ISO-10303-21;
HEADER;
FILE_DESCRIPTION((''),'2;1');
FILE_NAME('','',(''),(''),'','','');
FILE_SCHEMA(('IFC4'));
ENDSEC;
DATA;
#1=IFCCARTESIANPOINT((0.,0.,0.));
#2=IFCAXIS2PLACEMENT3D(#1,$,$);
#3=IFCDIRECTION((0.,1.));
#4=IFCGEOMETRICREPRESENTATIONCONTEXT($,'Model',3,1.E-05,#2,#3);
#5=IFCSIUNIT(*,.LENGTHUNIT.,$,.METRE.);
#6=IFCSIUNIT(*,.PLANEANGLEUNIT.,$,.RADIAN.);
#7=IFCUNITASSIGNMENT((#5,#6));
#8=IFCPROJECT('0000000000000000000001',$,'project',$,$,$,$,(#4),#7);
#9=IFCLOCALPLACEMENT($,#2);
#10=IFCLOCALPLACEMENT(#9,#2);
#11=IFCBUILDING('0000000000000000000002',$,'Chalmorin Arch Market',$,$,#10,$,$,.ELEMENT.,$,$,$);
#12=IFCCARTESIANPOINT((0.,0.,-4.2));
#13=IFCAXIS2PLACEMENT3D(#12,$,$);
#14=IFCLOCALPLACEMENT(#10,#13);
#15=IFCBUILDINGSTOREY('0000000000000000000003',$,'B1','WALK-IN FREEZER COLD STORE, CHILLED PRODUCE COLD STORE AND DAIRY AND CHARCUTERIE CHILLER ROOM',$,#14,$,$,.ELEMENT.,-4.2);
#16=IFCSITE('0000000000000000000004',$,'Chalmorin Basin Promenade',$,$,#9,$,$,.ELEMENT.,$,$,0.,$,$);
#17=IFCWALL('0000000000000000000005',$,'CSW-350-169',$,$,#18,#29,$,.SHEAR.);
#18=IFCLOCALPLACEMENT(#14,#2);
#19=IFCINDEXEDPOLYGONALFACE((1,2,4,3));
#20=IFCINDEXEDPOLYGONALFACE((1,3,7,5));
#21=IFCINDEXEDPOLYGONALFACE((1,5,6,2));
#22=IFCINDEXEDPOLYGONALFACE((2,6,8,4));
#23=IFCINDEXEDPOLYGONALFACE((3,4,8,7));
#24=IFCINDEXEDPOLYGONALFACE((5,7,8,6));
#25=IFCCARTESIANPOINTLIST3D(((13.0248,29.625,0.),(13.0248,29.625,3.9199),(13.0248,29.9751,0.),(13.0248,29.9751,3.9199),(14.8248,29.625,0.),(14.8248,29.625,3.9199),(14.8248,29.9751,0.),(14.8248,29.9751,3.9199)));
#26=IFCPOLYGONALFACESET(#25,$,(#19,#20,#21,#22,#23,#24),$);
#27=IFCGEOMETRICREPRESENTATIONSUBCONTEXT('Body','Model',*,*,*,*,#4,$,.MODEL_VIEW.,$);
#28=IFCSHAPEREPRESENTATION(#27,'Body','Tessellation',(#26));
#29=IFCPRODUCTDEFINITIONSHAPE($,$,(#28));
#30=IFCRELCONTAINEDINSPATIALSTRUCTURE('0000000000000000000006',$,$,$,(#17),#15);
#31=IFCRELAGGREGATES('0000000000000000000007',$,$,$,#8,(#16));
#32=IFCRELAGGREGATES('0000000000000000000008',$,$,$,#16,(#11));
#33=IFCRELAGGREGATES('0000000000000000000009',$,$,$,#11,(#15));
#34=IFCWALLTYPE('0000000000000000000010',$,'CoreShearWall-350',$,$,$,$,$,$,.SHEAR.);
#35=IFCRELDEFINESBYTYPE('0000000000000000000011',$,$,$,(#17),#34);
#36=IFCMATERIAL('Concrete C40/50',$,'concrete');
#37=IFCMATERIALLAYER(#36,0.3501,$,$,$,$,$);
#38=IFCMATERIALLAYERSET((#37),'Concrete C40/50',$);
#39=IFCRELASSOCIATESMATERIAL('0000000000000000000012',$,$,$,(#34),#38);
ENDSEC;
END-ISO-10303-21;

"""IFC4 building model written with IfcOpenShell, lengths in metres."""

from ifc_helpers import new_model, si_unit, direction, frame, frame_2d, origin, place, context, subcontext, project, spatial, rectangle, extrude, material, layer, layer_set, type_object, element, save


model = new_model("IFC4")

# Units and contexts
model_context = context("Model", 3, precision=1e-05, world=origin(), true_north=direction((0.0, 1.0)))
body_context = subcontext(model_context, "Body", "Model", "MODEL_VIEW")
ifc_project = project(units=[si_unit("LENGTHUNIT", "METRE"), si_unit("PLANEANGLEUNIT", "RADIAN")], contexts=[model_context])

# Site, building, storey
site_placement = place(None, origin())
site = spatial("IfcSite", under=ifc_project, at=site_placement, Name="Chalmorin Basin Promenade", CompositionType="ELEMENT", RefElevation=0.0)
building_placement = place(site_placement, origin())
building = spatial("IfcBuilding", under=site, at=building_placement, Name="Chalmorin Arch Market", CompositionType="ELEMENT")
storey_placement = place(building_placement, frame((0.0, 0.0, -4.2)))
storey = spatial("IfcBuildingStorey", under=building, at=storey_placement, Name="B1", Description="WALK-IN FREEZER COLD STORE, CHILLED PRODUCE COLD STORE AND DAIRY AND CHARCUTERIE CHILLER ROOM", CompositionType="ELEMENT", Elevation=-4.2)

# Shared definitions
ifc_material_1 = material(Name="Concrete C40/50", Category="concrete")

# Wall
ifc_layer_1 = layer(ifc_material_1, 0.3501)
ifc_layer_set_1 = layer_set([ifc_layer_1], Name="Concrete C40/50")
wall_type = type_object("IfcWallType", Name="CoreShearWall-350", PredefinedType="SHEAR", material=ifc_layer_set_1)
wall_placement = place(storey_placement, frame((13.0249, 29.8, 0.0), z_axis=(0.0, 0.0, 1.0), x_axis=(1.0, 0.0, 0.0)))
element("IfcWall", 1, at=wall_placement, inside=storey, type_object=wall_type, Name="CSW-350-169", PredefinedType="SHEAR", context=body_context, shape_type="SweptSolid", body=[
    extrude(rectangle(XDim=1.8, YDim=0.3501, at=frame_2d((0.8999, 0.0))), origin(), (0.0, 0.0, 1.0), 3.9199),
])

save(model, "model.ifc")
